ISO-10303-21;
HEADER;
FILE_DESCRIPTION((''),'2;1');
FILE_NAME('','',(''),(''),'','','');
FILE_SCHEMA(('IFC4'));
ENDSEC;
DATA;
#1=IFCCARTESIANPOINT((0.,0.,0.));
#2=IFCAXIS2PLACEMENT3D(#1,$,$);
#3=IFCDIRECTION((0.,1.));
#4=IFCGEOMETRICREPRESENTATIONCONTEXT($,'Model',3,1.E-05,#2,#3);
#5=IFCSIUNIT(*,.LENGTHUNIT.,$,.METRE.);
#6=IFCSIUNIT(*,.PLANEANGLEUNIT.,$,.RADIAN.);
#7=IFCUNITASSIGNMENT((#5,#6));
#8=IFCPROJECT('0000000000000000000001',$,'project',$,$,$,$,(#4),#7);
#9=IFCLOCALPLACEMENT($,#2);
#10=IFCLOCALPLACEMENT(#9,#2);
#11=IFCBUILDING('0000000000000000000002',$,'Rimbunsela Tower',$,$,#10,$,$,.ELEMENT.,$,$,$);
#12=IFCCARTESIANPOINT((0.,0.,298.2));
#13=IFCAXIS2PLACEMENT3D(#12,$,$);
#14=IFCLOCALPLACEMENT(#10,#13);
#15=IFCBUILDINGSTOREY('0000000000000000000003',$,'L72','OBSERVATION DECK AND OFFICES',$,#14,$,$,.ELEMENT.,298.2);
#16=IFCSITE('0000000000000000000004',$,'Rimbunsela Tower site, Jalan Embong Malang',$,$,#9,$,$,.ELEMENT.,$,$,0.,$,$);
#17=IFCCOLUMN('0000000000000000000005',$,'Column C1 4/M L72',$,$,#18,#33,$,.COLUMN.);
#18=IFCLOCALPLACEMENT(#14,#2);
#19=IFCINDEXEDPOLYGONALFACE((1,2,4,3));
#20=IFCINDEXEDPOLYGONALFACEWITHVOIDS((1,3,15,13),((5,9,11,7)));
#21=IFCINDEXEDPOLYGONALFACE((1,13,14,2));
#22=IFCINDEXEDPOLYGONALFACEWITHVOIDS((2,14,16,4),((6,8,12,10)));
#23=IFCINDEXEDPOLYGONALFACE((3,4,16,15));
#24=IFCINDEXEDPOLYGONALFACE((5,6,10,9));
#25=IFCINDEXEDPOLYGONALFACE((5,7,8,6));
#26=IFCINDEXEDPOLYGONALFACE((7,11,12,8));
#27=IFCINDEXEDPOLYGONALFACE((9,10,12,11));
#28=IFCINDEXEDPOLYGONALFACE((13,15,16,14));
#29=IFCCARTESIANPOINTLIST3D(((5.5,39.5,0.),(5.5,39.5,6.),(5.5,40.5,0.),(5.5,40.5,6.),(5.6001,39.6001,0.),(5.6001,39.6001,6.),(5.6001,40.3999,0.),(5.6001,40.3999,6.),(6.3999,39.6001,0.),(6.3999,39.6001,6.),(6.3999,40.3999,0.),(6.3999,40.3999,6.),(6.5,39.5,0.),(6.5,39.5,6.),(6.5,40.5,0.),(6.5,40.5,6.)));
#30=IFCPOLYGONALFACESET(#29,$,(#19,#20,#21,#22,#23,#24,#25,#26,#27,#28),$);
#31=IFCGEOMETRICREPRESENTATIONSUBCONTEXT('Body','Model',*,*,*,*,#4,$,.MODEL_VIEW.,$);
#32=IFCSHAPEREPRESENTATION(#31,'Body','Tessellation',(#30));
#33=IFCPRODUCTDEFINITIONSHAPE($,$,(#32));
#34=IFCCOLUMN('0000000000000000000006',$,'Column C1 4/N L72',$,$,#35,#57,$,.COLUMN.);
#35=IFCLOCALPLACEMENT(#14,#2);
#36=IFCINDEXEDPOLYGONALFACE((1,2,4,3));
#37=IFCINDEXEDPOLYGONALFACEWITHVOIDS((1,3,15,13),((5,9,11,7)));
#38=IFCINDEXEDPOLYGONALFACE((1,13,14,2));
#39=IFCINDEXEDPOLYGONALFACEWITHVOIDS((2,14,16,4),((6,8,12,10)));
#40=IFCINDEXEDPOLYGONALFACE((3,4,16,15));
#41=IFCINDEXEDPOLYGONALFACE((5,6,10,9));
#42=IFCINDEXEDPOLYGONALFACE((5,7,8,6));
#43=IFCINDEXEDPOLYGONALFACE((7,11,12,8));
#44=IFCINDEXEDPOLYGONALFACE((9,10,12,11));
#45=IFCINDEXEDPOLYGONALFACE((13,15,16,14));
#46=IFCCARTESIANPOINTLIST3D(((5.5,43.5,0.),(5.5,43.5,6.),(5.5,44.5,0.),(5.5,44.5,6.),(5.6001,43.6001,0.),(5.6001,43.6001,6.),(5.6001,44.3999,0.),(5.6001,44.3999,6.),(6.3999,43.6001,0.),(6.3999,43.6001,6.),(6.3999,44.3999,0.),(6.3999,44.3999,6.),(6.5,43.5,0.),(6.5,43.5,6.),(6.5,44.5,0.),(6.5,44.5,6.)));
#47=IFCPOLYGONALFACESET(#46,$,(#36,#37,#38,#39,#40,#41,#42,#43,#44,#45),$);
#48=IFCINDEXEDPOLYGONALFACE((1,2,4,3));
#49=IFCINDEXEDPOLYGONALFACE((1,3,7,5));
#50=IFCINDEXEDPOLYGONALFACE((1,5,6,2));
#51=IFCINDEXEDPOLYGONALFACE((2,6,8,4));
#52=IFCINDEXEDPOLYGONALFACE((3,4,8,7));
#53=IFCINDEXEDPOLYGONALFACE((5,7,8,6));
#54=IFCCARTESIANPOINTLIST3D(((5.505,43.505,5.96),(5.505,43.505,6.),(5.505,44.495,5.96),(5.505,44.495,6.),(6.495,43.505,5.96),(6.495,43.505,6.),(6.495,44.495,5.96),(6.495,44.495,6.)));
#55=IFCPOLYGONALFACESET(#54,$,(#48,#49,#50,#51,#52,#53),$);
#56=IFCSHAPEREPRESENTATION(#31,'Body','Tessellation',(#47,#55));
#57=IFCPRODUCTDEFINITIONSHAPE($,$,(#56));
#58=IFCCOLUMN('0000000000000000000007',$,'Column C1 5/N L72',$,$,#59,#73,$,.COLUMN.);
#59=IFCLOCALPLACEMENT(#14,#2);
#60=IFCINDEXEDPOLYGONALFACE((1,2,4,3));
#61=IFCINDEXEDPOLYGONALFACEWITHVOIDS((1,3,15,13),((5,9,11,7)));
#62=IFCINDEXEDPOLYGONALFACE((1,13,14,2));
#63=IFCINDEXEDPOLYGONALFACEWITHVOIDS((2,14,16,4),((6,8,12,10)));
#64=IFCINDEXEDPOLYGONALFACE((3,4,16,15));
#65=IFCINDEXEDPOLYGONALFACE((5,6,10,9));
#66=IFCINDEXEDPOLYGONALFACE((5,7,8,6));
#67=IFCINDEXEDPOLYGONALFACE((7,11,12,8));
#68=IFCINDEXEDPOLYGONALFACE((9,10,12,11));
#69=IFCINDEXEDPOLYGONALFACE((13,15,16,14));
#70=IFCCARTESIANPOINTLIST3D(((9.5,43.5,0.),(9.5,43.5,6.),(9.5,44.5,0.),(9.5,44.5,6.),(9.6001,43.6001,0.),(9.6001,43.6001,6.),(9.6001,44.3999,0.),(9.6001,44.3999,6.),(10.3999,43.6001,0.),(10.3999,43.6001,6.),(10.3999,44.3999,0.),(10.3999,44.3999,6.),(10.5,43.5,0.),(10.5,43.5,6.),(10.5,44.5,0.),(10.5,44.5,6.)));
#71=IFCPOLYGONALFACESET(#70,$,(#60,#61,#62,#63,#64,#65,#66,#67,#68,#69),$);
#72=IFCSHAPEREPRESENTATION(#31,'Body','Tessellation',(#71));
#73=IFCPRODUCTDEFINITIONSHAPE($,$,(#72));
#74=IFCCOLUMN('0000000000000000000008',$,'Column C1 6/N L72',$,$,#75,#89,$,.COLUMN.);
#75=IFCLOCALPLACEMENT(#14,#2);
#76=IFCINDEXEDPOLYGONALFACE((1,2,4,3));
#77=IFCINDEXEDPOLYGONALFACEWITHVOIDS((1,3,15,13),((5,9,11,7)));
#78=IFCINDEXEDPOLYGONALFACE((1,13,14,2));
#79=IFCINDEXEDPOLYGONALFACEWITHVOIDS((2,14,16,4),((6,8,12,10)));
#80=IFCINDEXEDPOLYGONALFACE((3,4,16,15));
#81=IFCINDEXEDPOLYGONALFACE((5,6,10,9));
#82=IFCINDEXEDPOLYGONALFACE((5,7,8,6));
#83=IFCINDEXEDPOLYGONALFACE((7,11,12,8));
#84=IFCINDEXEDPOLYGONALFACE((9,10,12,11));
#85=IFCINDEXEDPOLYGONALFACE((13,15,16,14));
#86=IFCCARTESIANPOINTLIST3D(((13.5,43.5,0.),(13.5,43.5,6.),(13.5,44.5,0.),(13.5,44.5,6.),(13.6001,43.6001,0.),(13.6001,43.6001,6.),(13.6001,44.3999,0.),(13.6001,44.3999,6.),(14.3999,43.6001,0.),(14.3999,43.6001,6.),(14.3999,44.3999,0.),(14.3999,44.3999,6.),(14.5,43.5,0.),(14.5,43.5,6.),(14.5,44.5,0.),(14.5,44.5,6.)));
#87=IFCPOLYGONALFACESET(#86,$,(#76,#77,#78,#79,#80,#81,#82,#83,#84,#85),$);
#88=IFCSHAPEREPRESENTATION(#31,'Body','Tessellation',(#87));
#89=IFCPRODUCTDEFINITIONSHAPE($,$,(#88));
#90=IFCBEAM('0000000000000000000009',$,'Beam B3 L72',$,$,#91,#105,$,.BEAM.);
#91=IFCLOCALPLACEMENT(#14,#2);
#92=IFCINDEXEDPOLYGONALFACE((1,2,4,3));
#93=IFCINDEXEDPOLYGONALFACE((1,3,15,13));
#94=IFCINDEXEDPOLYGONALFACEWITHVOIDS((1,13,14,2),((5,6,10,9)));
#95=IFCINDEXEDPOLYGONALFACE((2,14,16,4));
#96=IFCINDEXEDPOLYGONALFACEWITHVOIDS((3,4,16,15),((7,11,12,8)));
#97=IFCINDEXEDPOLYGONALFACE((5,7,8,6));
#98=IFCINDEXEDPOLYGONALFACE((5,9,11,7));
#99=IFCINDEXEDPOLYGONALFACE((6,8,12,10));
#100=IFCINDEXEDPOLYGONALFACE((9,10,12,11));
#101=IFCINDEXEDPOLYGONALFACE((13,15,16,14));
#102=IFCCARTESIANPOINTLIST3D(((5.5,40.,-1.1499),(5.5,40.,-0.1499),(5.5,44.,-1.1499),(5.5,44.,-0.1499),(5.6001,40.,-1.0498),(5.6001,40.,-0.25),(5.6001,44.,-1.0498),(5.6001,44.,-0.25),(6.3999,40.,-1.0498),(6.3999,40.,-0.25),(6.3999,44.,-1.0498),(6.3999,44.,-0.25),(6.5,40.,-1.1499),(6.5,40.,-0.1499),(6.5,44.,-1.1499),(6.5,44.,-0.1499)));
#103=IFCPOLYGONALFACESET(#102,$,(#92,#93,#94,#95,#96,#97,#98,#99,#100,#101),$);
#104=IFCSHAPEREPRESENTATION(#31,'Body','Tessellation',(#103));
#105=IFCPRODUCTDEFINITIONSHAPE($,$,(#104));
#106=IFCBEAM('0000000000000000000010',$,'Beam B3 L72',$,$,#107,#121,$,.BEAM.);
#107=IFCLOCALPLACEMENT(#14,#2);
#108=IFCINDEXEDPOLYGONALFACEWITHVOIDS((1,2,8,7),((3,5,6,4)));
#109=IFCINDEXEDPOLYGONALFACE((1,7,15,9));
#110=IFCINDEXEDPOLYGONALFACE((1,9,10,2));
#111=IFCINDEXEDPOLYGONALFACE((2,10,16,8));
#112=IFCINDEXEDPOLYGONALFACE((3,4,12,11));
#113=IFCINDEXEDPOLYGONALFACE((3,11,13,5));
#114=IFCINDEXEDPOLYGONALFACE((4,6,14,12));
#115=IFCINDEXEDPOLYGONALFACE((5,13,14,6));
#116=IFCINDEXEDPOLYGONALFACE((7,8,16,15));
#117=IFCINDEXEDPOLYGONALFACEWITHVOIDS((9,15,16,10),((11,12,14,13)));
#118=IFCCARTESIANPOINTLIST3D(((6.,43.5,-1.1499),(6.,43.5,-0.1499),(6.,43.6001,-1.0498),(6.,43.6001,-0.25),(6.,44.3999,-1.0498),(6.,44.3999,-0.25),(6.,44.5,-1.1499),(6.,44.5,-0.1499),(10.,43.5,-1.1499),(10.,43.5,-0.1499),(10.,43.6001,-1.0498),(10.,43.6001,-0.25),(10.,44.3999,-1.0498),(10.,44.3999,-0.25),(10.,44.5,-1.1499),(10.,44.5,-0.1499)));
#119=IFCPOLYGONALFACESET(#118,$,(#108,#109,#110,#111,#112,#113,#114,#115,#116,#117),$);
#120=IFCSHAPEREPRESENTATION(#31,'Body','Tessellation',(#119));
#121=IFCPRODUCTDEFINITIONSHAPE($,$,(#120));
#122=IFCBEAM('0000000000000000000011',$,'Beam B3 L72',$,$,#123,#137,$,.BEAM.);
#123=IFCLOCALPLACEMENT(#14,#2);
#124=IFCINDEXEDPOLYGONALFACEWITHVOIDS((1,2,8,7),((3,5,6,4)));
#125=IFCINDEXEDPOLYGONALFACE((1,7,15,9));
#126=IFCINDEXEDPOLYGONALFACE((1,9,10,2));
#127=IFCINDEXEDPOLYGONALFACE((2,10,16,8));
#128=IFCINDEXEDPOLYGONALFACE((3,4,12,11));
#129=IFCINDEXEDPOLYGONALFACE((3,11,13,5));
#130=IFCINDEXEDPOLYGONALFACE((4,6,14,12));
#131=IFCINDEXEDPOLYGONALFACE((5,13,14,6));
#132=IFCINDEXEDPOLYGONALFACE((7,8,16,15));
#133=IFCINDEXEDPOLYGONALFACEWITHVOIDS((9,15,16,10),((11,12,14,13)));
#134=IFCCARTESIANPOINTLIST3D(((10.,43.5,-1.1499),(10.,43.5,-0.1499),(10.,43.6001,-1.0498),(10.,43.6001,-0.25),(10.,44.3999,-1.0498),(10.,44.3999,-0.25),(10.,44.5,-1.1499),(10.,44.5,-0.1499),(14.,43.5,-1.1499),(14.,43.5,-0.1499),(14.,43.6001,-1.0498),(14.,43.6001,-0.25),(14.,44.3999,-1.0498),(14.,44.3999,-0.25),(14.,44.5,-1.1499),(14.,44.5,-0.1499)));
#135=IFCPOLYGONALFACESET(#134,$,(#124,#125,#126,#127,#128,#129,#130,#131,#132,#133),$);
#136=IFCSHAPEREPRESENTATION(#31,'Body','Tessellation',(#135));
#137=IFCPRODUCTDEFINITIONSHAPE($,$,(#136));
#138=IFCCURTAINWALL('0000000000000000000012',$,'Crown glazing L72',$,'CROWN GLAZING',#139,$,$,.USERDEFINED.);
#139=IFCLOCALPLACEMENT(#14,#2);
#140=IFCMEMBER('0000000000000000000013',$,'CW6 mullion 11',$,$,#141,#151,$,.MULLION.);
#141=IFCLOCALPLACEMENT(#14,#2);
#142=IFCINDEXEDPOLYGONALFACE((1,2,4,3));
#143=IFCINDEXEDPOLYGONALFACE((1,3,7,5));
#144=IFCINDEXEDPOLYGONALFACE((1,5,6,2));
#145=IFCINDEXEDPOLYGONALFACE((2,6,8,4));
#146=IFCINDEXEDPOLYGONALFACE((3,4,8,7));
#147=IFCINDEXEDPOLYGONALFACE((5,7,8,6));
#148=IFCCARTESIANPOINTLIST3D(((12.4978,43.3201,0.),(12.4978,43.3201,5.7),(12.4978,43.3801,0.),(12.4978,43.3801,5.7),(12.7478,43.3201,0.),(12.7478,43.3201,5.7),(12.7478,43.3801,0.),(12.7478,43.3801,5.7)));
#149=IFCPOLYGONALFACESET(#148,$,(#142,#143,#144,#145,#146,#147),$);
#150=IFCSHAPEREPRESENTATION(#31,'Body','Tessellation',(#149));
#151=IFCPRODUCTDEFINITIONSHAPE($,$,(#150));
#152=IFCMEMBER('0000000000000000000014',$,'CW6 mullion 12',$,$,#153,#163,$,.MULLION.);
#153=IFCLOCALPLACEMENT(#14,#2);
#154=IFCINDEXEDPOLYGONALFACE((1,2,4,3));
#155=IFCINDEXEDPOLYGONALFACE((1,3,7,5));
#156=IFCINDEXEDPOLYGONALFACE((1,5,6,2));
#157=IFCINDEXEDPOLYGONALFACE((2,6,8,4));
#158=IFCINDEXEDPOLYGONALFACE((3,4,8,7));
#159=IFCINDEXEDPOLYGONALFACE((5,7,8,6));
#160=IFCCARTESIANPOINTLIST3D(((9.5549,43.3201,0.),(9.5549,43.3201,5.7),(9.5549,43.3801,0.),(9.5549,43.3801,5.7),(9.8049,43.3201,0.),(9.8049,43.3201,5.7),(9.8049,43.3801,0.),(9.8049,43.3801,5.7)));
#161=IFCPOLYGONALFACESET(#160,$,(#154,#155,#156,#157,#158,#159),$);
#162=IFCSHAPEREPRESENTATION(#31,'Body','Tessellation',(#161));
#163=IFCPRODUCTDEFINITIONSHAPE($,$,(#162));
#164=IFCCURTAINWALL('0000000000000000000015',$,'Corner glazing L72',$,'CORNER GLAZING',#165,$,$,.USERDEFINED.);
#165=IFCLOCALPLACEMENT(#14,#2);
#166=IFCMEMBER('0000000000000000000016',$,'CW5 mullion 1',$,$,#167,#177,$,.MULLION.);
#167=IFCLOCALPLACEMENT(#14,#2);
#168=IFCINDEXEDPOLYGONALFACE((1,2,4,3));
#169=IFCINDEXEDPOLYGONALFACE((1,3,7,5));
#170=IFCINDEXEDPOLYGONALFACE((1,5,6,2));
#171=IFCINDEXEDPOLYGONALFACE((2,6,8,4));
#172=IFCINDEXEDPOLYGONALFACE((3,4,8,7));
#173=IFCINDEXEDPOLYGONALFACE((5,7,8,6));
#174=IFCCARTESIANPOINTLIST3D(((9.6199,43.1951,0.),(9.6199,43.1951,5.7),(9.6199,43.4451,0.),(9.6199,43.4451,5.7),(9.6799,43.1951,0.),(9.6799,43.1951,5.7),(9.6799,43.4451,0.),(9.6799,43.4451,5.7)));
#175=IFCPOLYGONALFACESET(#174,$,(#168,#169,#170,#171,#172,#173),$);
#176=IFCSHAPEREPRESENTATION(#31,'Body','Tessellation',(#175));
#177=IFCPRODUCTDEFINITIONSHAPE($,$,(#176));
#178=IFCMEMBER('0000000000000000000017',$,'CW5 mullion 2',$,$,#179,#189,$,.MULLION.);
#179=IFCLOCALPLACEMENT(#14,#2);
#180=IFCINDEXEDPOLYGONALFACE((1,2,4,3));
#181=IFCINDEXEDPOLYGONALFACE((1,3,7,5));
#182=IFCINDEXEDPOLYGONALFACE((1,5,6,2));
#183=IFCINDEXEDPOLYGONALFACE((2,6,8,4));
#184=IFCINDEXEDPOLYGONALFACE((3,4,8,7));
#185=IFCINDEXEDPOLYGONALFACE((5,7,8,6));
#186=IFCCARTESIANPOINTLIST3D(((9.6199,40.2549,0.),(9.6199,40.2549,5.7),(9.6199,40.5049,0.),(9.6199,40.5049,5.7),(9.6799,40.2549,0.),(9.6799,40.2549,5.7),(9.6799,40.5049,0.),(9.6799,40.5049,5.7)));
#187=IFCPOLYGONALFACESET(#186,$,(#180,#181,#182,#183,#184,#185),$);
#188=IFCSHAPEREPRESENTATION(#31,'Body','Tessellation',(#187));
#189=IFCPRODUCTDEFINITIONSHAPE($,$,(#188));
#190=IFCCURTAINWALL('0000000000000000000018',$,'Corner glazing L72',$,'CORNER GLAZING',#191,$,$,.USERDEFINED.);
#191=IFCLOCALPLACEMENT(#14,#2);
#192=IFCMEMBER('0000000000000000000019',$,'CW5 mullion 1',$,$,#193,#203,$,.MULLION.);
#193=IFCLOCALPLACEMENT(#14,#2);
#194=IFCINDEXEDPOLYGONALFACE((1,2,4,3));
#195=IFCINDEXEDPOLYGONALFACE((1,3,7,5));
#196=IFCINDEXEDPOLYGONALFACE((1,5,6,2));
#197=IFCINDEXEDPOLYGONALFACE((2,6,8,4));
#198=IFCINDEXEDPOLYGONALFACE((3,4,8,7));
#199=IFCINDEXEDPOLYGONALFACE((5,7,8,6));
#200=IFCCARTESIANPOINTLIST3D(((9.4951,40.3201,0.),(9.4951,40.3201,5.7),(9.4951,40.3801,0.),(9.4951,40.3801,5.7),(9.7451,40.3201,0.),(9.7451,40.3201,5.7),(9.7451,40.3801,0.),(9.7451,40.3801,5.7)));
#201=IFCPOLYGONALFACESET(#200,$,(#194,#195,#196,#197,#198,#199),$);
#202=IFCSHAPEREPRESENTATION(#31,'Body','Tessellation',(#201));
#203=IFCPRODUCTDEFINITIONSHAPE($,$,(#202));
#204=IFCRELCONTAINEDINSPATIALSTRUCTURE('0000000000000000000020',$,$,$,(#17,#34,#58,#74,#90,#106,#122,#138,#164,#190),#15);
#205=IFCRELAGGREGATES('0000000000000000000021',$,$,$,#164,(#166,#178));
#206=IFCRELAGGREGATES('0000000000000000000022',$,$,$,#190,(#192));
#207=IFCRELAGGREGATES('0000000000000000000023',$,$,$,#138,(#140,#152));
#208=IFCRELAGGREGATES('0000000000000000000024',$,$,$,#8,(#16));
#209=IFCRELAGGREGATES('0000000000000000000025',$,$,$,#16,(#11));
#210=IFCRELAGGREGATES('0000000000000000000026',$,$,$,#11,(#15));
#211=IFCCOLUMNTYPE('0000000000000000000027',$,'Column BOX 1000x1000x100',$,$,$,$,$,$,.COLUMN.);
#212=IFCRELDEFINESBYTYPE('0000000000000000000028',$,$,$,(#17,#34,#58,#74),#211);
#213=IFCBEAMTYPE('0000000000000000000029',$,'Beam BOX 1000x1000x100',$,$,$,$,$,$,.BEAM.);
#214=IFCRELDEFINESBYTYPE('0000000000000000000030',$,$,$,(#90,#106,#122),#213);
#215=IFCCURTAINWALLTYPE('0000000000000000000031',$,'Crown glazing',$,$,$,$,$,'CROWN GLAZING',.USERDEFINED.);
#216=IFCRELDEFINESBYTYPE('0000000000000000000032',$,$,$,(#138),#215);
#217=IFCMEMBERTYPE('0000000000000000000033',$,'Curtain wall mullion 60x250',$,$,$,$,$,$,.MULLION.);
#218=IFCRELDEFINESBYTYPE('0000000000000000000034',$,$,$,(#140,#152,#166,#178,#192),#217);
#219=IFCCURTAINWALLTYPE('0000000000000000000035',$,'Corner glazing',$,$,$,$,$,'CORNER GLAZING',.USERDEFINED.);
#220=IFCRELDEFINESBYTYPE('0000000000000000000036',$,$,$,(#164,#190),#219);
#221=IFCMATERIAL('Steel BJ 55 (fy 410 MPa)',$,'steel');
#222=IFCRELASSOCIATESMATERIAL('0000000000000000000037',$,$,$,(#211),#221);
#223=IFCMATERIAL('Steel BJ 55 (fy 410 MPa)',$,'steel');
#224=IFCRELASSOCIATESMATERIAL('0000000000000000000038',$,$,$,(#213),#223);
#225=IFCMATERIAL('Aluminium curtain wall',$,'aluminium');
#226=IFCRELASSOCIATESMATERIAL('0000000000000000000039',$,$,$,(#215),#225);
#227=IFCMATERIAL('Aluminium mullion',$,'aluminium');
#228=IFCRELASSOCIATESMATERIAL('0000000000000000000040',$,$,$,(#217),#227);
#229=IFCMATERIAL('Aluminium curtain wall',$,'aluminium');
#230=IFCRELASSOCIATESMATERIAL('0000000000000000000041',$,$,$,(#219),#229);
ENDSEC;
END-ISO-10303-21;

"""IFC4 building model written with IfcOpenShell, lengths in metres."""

from ifc_helpers import new_model, si_unit, direction, frame, origin, origin_2d, place, context, subcontext, project, spatial, rectangle, hollow_rectangle, extrude, material, material_profile, profile_set, type_object, element, aggregate, save


model = new_model("IFC4")

# Units and contexts
model_context = context("Model", 3, precision=1e-05, world=origin(), true_north=direction((0.0, 1.0)))
body_context = subcontext(model_context, "Body", "Model", "MODEL_VIEW")
ifc_project = project(units=[si_unit("LENGTHUNIT", "METRE"), si_unit("PLANEANGLEUNIT", "RADIAN")], contexts=[model_context])

# Site, building, storey
site_placement = place(None, origin())
site = spatial("IfcSite", under=ifc_project, at=site_placement, Name="Rimbunsela Tower site, Jalan Embong Malang", CompositionType="ELEMENT", RefElevation=0.0)
building_placement = place(site_placement, origin())
building = spatial("IfcBuilding", under=site, at=building_placement, Name="Rimbunsela Tower", CompositionType="ELEMENT")
storey_placement = place(building_placement, frame((0.0, 0.0, 298.2)))
storey = spatial("IfcBuildingStorey", under=building, at=storey_placement, Name="L72", Description="OBSERVATION DECK AND OFFICES", CompositionType="ELEMENT", Elevation=298.2)

# Columns
ifc_material_1 = material(Name="Steel BJ 55 (fy 410 MPa)", Category="steel")
ifc_material_profile_1 = material_profile(ifc_material_1, hollow_rectangle(XDim=1.0, YDim=1.0, WallThickness=0.1001, at=origin_2d()), Name="BOX 1000x1000x100")
ifc_profile_set_1 = profile_set([ifc_material_profile_1], Name="Steel BJ 55 (fy 410 MPa)")
column_type = type_object("IfcColumnType", Name="Column BOX 1000x1000x100", PredefinedType="COLUMN", material=ifc_profile_set_1)
column_1_placement = place(storey_placement, frame((6.0, 40.0, 0.0), z_axis=(0.0, 0.0, 1.0), x_axis=(1.0, 0.0, 0.0)))
element("IfcColumn", 1, at=column_1_placement, inside=storey, type_object=column_type, Name="Column C1 4/M L72", PredefinedType="COLUMN", context=body_context, shape_type="SweptSolid", body=[
    extrude(hollow_rectangle(XDim=1.0, YDim=1.0, WallThickness=0.1001, at=origin_2d()), origin(), (0.0, 0.0, 1.0), 6.0),
])
column_2_placement = place(storey_placement, frame((6.0, 44.0, 0.0), z_axis=(0.0, 0.0, 1.0), x_axis=(1.0, 0.0, 0.0)))
element("IfcColumn", 2, at=column_2_placement, inside=storey, type_object=column_type, Name="Column C1 4/N L72", PredefinedType="COLUMN", context=body_context, shape_type="SweptSolid", body=[
    extrude(hollow_rectangle(XDim=1.0, YDim=1.0, WallThickness=0.1001, at=origin_2d()), origin(), (0.0, 0.0, 1.0), 6.0),
    extrude(rectangle(XDim=0.99, YDim=0.99, at=origin_2d()), frame((0.0, 0.0, 5.96)), (0.0, 0.0, 1.0), 0.04),
])
for number, where, z_axis, x_axis, name in (
    (3, (10.0, 44.0, 0.0), (0.0, 0.0, 1.0), (1.0, 0.0, 0.0), "Column C1 5/N L72"),
    (4, (14.0, 44.0, 0.0), (0.0, 0.0, 1.0), (1.0, 0.0, 0.0), "Column C1 6/N L72"),
):
    element("IfcColumn", number, at=place(storey_placement, frame(where, z_axis=z_axis, x_axis=x_axis)), inside=storey, type_object=column_type, Name=name, PredefinedType="COLUMN", context=body_context, shape_type="SweptSolid", body=[
        extrude(hollow_rectangle(XDim=1.0, YDim=1.0, WallThickness=0.1001, at=origin_2d()), origin(), (0.0, 0.0, 1.0), 6.0),
    ])

# Beams
ifc_material_2 = material(Name="Steel BJ 55 (fy 410 MPa)", Category="steel")
ifc_material_profile_2 = material_profile(ifc_material_2, hollow_rectangle(XDim=1.0, YDim=1.0, WallThickness=0.1001, at=origin_2d()), Name="BOX 1000x1000x100")
ifc_profile_set_2 = profile_set([ifc_material_profile_2], Name="Steel BJ 55 (fy 410 MPa)")
beam_type = type_object("IfcBeamType", Name="Beam BOX 1000x1000x100", PredefinedType="BEAM", material=ifc_profile_set_2)
for number, where, z_axis, x_axis, name in (
    (5, (6.0, 40.0, -0.6499), (0.0, 1.0, 0.0), (-1.0, 0.0, 0.0), "Beam B3 L72"),
    (6, (6.0, 44.0, -0.6499), (1.0, 0.0, 0.0), (0.0, 1.0, 0.0), "Beam B3 L72"),
    (7, (10.0, 44.0, -0.6499), (1.0, 0.0, 0.0), (0.0, 1.0, 0.0), "Beam B3 L72"),
):
    element("IfcBeam", number, at=place(storey_placement, frame(where, z_axis=z_axis, x_axis=x_axis)), inside=storey, type_object=beam_type, Name=name, PredefinedType="BEAM", context=body_context, shape_type="SweptSolid", body=[
        extrude(hollow_rectangle(XDim=1.0, YDim=1.0, WallThickness=0.1001, at=origin_2d()), origin(), (0.0, 0.0, 1.0), 4.0),
    ])

# Curtain walls, members
ifc_material_3 = material(Name="Aluminium curtain wall", Category="aluminium")
curtain_wall_type_1 = type_object("IfcCurtainWallType", Name="Crown glazing", ElementType="CROWN GLAZING", PredefinedType="USERDEFINED", material=ifc_material_3)
curtain_wall_1_placement = place(storey_placement, origin())
curtain_wall_1 = element("IfcCurtainWall", 8, at=curtain_wall_1_placement, inside=storey, type_object=curtain_wall_type_1, Name="Crown glazing L72", ObjectType="CROWN GLAZING", PredefinedType="USERDEFINED")
ifc_material_4 = material(Name="Aluminium mullion", Category="aluminium")
ifc_material_profile_3 = material_profile(ifc_material_4, rectangle(XDim=0.0601, YDim=0.25, at=origin_2d()), Name="Mullion 60x250")
ifc_profile_set_3 = profile_set([ifc_material_profile_3], Name="Aluminium mullion")
member_type_1 = type_object("IfcMemberType", Name="Curtain wall mullion 60x250", PredefinedType="MULLION", material=ifc_profile_set_3)
member_1_placement = place(storey_placement, frame((12.6228, 43.3501, 0.0), z_axis=(0.0, 0.0, 1.0), x_axis=(0.0, -1.0, 0.0)))
member_1 = element("IfcMember", 9, at=member_1_placement, type_object=member_type_1, Name="CW6 mullion 11", PredefinedType="MULLION", context=body_context, shape_type="SweptSolid", body=[
    extrude(rectangle(XDim=0.0601, YDim=0.25, at=origin_2d()), origin(), (0.0, 0.0, 1.0), 5.7),
])
member_2_placement = place(storey_placement, frame((9.6799, 43.3501, 0.0), z_axis=(0.0, 0.0, 1.0), x_axis=(0.0, -1.0, 0.0)))
member_2 = element("IfcMember", 10, at=member_2_placement, type_object=member_type_1, Name="CW6 mullion 12", PredefinedType="MULLION", context=body_context, shape_type="SweptSolid", body=[
    extrude(rectangle(XDim=0.0601, YDim=0.25, at=origin_2d()), origin(), (0.0, 0.0, 1.0), 5.7),
])
ifc_material_5 = material(Name="Aluminium curtain wall", Category="aluminium")
curtain_wall_type_2 = type_object("IfcCurtainWallType", Name="Corner glazing", ElementType="CORNER GLAZING", PredefinedType="USERDEFINED", material=ifc_material_5)
curtain_wall_2_placement = place(storey_placement, origin())
curtain_wall_2 = element("IfcCurtainWall", 11, at=curtain_wall_2_placement, inside=storey, type_object=curtain_wall_type_2, Name="Corner glazing L72", ObjectType="CORNER GLAZING", PredefinedType="USERDEFINED")
member_3_placement = place(storey_placement, frame((9.6499, 43.3201, 0.0), z_axis=(0.0, 0.0, 1.0), x_axis=(1.0, 0.0, 0.0)))
member_3 = element("IfcMember", 12, at=member_3_placement, type_object=member_type_1, Name="CW5 mullion 1", PredefinedType="MULLION", context=body_context, shape_type="SweptSolid", body=[
    extrude(rectangle(XDim=0.0601, YDim=0.25, at=origin_2d()), origin(), (0.0, 0.0, 1.0), 5.7),
])
member_4_placement = place(storey_placement, frame((9.6499, 40.3799, 0.0), z_axis=(0.0, 0.0, 1.0), x_axis=(1.0, 0.0, 0.0)))
member_4 = element("IfcMember", 13, at=member_4_placement, type_object=member_type_1, Name="CW5 mullion 2", PredefinedType="MULLION", context=body_context, shape_type="SweptSolid", body=[
    extrude(rectangle(XDim=0.0601, YDim=0.25, at=origin_2d()), origin(), (0.0, 0.0, 1.0), 5.7),
])
curtain_wall_3_placement = place(storey_placement, origin())
curtain_wall_3 = element("IfcCurtainWall", 14, at=curtain_wall_3_placement, inside=storey, type_object=curtain_wall_type_2, Name="Corner glazing L72", ObjectType="CORNER GLAZING", PredefinedType="USERDEFINED")
member_5_placement = place(storey_placement, frame((9.6201, 40.3501, 0.0), z_axis=(0.0, 0.0, 1.0), x_axis=(0.0, -1.0, 0.0)))
member_5 = element("IfcMember", 15, at=member_5_placement, type_object=member_type_1, Name="CW5 mullion 1", PredefinedType="MULLION", context=body_context, shape_type="SweptSolid", body=[
    extrude(rectangle(XDim=0.0601, YDim=0.25, at=origin_2d()), origin(), (0.0, 0.0, 1.0), 5.7),
])

aggregate(curtain_wall_2, [member_3, member_4])
aggregate(curtain_wall_3, [member_5])
aggregate(curtain_wall_1, [member_1, member_2])

save(model, "model.ifc")
